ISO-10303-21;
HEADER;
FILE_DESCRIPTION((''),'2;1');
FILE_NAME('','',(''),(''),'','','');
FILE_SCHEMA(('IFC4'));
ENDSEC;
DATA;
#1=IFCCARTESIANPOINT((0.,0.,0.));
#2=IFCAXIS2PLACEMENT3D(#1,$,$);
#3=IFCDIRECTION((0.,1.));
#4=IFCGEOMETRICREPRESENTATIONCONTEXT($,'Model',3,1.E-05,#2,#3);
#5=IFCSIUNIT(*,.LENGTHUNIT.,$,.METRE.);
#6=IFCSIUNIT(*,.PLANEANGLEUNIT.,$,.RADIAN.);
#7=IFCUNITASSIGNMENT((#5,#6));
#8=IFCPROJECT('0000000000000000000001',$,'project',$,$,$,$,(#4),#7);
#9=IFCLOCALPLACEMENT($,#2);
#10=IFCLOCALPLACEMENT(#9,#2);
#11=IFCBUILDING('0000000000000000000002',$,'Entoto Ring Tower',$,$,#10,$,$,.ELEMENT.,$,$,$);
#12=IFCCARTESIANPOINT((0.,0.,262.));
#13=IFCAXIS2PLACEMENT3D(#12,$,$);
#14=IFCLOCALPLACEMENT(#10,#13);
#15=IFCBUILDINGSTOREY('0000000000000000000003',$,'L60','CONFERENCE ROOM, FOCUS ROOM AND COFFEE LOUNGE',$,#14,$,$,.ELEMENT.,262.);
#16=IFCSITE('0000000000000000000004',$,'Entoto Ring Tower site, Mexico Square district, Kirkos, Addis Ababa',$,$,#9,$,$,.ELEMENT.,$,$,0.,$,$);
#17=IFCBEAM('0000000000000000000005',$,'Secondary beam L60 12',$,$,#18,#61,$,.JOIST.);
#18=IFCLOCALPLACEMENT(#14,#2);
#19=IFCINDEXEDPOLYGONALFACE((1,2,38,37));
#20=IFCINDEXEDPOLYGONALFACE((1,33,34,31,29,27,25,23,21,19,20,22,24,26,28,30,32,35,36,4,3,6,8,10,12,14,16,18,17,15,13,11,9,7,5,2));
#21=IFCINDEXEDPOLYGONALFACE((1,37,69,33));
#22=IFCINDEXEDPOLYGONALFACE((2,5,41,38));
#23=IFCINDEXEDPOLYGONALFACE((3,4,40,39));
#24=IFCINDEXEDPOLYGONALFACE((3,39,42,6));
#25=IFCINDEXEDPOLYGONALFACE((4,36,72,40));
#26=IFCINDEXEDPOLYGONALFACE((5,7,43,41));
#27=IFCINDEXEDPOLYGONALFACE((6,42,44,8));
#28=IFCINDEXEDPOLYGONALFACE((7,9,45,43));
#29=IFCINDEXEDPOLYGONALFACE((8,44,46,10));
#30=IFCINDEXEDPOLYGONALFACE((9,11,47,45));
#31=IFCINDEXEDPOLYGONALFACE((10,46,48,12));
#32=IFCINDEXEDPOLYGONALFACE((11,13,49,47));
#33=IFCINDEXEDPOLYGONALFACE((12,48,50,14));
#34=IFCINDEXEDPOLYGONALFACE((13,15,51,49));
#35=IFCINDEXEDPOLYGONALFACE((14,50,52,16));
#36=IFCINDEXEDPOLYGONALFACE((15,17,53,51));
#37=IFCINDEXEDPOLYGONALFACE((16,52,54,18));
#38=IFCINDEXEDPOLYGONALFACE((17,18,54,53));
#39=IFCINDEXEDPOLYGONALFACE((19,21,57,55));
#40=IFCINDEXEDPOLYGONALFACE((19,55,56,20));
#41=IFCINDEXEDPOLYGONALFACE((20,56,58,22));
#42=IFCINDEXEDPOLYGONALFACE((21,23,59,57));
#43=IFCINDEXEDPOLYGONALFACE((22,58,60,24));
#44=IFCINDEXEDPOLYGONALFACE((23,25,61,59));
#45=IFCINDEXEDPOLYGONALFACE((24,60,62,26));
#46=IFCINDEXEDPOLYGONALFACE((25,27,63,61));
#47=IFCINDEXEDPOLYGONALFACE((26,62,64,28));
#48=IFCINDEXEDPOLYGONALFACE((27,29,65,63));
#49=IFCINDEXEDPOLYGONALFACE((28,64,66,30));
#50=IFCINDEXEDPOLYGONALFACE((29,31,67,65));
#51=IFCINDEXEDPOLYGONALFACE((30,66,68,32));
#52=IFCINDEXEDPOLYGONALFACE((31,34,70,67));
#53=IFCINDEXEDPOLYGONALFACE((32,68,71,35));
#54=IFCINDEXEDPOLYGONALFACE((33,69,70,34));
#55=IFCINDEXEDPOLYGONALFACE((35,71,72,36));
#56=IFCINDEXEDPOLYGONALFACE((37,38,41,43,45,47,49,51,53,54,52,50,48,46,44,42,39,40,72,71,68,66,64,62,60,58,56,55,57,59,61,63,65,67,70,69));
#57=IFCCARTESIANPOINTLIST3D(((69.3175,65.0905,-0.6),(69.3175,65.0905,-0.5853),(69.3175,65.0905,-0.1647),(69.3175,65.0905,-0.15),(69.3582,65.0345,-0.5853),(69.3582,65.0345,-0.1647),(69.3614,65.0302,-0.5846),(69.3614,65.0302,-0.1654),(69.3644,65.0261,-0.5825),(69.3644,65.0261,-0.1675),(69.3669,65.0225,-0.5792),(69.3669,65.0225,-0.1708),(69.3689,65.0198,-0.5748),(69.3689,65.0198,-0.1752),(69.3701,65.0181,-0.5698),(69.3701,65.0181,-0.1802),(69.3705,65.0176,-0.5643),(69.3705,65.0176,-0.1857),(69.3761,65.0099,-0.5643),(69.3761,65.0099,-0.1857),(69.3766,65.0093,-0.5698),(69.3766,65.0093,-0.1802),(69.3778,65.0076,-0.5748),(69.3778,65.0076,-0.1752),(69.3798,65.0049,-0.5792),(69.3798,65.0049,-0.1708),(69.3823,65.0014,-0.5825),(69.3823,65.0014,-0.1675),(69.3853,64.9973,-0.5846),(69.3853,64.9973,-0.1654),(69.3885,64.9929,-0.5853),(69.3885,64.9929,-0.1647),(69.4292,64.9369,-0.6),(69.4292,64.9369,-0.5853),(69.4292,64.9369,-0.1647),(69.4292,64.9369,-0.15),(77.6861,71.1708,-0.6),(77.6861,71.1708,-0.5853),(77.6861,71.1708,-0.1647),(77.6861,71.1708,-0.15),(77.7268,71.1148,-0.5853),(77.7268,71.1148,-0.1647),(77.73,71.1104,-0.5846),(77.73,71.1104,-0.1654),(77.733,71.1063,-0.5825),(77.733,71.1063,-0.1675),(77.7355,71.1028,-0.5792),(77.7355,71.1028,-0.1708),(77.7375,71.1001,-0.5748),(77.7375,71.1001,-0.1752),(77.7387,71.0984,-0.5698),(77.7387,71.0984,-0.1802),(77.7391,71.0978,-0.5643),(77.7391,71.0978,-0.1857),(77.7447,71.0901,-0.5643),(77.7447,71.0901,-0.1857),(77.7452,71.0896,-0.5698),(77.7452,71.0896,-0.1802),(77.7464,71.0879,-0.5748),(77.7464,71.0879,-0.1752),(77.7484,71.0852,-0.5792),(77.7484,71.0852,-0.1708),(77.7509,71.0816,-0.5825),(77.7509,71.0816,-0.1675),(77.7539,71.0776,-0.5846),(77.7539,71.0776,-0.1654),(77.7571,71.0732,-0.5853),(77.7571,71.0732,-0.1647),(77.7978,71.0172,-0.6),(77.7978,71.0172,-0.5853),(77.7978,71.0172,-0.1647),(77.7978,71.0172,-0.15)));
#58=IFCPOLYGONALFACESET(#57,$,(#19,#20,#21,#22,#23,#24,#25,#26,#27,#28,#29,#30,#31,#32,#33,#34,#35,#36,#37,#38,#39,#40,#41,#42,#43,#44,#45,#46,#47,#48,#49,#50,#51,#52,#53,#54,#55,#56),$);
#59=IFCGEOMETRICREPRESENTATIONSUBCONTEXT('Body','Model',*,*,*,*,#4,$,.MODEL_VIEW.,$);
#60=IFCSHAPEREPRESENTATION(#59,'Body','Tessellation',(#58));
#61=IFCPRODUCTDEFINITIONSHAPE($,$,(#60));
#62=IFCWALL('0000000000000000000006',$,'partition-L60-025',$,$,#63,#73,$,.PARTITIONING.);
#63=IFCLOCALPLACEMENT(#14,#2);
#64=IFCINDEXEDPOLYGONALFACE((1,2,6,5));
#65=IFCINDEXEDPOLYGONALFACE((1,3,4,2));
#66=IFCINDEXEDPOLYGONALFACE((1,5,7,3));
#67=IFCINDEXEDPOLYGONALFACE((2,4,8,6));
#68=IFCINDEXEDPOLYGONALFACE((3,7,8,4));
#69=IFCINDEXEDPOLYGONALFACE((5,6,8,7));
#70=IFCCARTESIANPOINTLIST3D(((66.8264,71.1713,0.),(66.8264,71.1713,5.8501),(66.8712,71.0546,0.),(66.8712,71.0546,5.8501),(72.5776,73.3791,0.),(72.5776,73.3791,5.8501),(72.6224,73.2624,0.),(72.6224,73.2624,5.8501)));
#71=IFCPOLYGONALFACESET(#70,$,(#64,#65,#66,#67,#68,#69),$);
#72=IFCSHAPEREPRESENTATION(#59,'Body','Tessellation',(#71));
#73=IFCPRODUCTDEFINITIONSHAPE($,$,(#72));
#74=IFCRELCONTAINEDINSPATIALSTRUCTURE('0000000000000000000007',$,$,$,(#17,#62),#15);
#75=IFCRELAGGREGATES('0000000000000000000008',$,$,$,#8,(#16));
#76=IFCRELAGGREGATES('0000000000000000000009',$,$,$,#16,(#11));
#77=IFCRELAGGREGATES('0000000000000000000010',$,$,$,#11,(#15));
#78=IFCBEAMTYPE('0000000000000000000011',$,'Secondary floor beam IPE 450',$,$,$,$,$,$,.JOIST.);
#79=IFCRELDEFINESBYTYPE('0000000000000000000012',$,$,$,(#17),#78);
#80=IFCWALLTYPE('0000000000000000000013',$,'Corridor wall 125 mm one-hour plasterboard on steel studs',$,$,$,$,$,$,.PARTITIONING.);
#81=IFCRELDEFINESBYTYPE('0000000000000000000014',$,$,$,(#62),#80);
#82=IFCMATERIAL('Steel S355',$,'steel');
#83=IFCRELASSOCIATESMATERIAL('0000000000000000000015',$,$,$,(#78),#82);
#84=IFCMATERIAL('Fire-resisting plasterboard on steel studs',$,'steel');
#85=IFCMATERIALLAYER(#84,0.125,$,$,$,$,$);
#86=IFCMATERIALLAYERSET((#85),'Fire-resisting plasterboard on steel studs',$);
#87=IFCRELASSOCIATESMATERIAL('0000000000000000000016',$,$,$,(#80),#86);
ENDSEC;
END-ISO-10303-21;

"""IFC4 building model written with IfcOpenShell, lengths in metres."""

from ifc_helpers import new_model, si_unit, direction, frame, frame_2d, origin, origin_2d, place, context, subcontext, project, spatial, rectangle, i_section, extrude, material, layer, layer_set, material_profile, profile_set, type_object, element, save


model = new_model("IFC4")

# Units and contexts
model_context = context("Model", 3, precision=1e-05, world=origin(), true_north=direction((0.0, 1.0)))
body_context = subcontext(model_context, "Body", "Model", "MODEL_VIEW")
ifc_project = project(units=[si_unit("LENGTHUNIT", "METRE"), si_unit("PLANEANGLEUNIT", "RADIAN")], contexts=[model_context])

# Site, building, storey
site_placement = place(None, origin())
site = spatial("IfcSite", under=ifc_project, at=site_placement, Name="Entoto Ring Tower site, Mexico Square district, Kirkos, Addis Ababa", CompositionType="ELEMENT", RefElevation=0.0)
building_placement = place(site_placement, origin())
building = spatial("IfcBuilding", under=site, at=building_placement, Name="Entoto Ring Tower", CompositionType="ELEMENT")
storey_placement = place(building_placement, frame((0.0, 0.0, 262.0)))
storey = spatial("IfcBuildingStorey", under=building, at=storey_placement, Name="L60", Description="CONFERENCE ROOM, FOCUS ROOM AND COFFEE LOUNGE", CompositionType="ELEMENT", Elevation=262.0)

# Beam
ifc_material_1 = material(Name="Steel S355", Category="steel")
ifc_material_profile_1 = material_profile(ifc_material_1, i_section(OverallWidth=0.1899, OverallDepth=0.45, WebThickness=0.0095, FlangeThickness=0.0146, FilletRadius=0.021, at=origin_2d()), Name="IPE 450")
ifc_profile_set_1 = profile_set([ifc_material_profile_1], Name="Steel S355")
beam_type_1 = type_object("IfcBeamType", Name="Secondary floor beam IPE 450", PredefinedType="JOIST", material=ifc_profile_set_1)
beam_placement = place(storey_placement, frame((77.7419, 71.094, -0.375), z_axis=(-0.809011, -0.587794, 0.0), x_axis=(0.587794, -0.809011, 0.0)))
element("IfcBeam", 1, at=beam_placement, inside=storey, type_object=beam_type_1, Name="Secondary beam L60 12", PredefinedType="JOIST", context=body_context, shape_type="SweptSolid", body=[
    extrude(i_section(OverallWidth=0.1899, OverallDepth=0.45, WebThickness=0.0095, FlangeThickness=0.0146, FilletRadius=0.021, at=origin_2d()), origin(), (0.0, 0.0, 1.0), 10.3442),
])

# Wall
ifc_material_2 = material(Name="Fire-resisting plasterboard on steel studs", Category="steel")
ifc_layer_1 = layer(ifc_material_2, 0.125)
ifc_layer_set_1 = layer_set([ifc_layer_1], Name="Fire-resisting plasterboard on steel studs")
wall_type = type_object("IfcWallType", Name="Corridor wall 125 mm one-hour plasterboard on steel studs", PredefinedType="PARTITIONING", material=ifc_layer_set_1)
wall_placement = place(storey_placement, frame((66.8489, 71.113, 0.0), z_axis=(0.0, 0.0, 1.0), x_axis=(0.933576, 0.358379, 0.0)))
element("IfcWall", 2, at=wall_placement, inside=storey, type_object=wall_type, Name="partition-L60-025", PredefinedType="PARTITIONING", context=body_context, shape_type="SweptSolid", body=[
    extrude(rectangle(XDim=6.1604, YDim=0.125, at=frame_2d((3.0801, 0.0))), origin(), (0.0, 0.0, 1.0), 5.8501),
])

save(model, "model.ifc")
